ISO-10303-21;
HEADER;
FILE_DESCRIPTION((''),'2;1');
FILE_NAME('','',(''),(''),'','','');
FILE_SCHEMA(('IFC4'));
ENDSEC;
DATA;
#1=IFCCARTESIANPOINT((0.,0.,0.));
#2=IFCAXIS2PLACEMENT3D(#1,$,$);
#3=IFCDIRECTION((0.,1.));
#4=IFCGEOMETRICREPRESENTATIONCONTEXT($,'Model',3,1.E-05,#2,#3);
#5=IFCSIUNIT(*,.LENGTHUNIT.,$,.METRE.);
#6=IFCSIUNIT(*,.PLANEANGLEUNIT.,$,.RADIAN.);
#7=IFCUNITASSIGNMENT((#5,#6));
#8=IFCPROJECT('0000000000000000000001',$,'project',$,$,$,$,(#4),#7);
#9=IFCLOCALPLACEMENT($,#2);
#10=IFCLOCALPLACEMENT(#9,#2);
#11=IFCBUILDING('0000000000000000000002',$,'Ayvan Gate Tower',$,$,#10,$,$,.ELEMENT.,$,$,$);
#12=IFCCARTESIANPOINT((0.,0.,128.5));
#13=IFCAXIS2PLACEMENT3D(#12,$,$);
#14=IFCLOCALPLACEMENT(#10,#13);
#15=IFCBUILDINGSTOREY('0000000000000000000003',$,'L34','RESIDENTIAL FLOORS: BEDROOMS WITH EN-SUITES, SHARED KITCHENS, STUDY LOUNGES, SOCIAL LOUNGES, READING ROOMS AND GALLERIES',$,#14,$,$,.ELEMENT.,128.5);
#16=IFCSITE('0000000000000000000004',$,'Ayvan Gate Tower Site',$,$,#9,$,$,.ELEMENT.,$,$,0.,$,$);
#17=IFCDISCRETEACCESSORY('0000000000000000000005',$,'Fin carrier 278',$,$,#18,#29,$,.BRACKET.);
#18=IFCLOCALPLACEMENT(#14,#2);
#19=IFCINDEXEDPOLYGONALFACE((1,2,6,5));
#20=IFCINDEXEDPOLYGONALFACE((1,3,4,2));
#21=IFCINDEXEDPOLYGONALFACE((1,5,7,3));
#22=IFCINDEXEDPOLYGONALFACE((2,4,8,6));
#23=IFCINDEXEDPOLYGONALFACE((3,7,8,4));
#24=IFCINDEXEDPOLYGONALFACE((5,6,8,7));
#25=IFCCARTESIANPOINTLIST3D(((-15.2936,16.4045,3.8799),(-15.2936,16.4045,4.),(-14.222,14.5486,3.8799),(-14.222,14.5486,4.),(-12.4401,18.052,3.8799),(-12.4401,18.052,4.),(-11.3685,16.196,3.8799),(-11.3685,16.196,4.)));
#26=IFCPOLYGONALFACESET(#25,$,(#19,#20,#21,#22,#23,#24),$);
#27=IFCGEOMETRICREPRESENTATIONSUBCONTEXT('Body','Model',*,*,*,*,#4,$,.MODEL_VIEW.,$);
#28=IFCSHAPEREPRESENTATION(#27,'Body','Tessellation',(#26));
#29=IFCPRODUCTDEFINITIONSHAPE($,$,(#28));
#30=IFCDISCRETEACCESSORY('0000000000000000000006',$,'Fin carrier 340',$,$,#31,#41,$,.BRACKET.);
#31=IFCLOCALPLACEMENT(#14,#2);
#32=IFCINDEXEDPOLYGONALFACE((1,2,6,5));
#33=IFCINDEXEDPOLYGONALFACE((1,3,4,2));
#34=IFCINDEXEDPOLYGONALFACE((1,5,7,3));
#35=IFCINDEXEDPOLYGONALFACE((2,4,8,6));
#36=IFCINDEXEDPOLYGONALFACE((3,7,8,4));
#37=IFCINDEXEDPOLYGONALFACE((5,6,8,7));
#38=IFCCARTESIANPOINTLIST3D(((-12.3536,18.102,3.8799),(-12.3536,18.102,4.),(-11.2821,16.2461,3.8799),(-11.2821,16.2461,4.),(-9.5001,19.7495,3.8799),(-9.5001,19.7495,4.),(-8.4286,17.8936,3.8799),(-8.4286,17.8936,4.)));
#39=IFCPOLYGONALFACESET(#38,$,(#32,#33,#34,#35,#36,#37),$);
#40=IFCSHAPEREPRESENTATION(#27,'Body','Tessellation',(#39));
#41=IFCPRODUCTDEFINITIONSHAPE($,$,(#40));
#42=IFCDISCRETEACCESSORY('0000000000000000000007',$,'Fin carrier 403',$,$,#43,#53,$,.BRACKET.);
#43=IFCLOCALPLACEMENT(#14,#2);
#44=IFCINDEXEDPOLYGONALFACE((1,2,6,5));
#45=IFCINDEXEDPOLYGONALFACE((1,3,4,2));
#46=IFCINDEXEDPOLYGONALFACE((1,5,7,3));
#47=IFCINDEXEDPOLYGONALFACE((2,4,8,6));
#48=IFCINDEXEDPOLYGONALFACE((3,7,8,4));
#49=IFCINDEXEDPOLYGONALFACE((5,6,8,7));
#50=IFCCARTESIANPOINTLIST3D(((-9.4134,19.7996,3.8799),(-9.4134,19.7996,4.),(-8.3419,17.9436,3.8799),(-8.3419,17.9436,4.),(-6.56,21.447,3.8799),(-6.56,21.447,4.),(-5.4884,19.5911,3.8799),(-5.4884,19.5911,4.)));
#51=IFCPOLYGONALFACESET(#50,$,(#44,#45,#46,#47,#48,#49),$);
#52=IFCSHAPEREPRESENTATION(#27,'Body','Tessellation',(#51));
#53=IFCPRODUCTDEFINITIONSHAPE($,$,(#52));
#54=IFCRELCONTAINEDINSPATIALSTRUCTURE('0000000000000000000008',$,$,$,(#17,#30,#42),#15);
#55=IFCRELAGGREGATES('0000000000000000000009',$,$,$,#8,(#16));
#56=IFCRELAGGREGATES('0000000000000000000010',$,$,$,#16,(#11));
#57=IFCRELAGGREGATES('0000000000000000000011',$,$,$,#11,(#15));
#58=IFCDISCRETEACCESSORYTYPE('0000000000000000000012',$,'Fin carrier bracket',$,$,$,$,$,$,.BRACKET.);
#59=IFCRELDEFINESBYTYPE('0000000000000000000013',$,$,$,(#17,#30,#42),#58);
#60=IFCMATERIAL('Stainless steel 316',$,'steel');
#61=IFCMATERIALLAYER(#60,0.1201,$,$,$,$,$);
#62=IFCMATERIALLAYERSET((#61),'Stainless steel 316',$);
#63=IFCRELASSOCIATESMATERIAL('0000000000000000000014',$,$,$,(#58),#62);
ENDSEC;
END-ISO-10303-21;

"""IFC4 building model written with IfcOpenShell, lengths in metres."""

from ifc_helpers import new_model, si_unit, direction, frame, origin, origin_2d, place, context, subcontext, project, spatial, rectangle, extrude, material, layer, layer_set, type_object, element, save


model = new_model("IFC4")

# Units and contexts
model_context = context("Model", 3, precision=1e-05, world=origin(), true_north=direction((0.0, 1.0)))
body_context = subcontext(model_context, "Body", "Model", "MODEL_VIEW")
ifc_project = project(units=[si_unit("LENGTHUNIT", "METRE"), si_unit("PLANEANGLEUNIT", "RADIAN")], contexts=[model_context])

# Site, building, storey
site_placement = place(None, origin())
site = spatial("IfcSite", under=ifc_project, at=site_placement, Name="Ayvan Gate Tower Site", CompositionType="ELEMENT", RefElevation=0.0)
building_placement = place(site_placement, origin())
building = spatial("IfcBuilding", under=site, at=building_placement, Name="Ayvan Gate Tower", CompositionType="ELEMENT")
storey_placement = place(building_placement, frame((0.0, 0.0, 128.5)))
storey = spatial("IfcBuildingStorey", under=building, at=storey_placement, Name="L34", Description="RESIDENTIAL FLOORS: BEDROOMS WITH EN-SUITES, SHARED KITCHENS, STUDY LOUNGES, SOCIAL LOUNGES, READING ROOMS AND GALLERIES", CompositionType="ELEMENT", Elevation=128.5)

# Discrete accessories
ifc_material_1 = material(Name="Stainless steel 316", Category="steel")
ifc_layer_1 = layer(ifc_material_1, 0.1201)
ifc_layer_set_1 = layer_set([ifc_layer_1], Name="Stainless steel 316")
discrete_accessory_type = type_object("IfcDiscreteAccessoryType", Name="Fin carrier bracket", PredefinedType="BRACKET", material=ifc_layer_set_1)
for number, where, z_axis, x_axis, name in (
    (1, (-13.3311, 16.3003, 3.8799), (0.0, 0.0, 1.0), (-0.866025, -0.5, 0.0), "Fin carrier 278"),
    (2, (-10.3911, 17.9978, 3.8799), (0.0, 0.0, 1.0), (-0.866025, -0.5, 0.0), "Fin carrier 340"),
    (3, (-7.4509, 19.6953, 3.8799), (0.0, 0.0, 1.0), (-0.866025, -0.5, 0.0), "Fin carrier 403"),
):
    element("IfcDiscreteAccessory", number, at=place(storey_placement, frame(where, z_axis=z_axis, x_axis=x_axis)), inside=storey, type_object=discrete_accessory_type, Name=name, PredefinedType="BRACKET", context=body_context, shape_type="SweptSolid", body=[
        extrude(rectangle(XDim=3.2949, YDim=2.1431, at=origin_2d()), origin(), (0.0, 0.0, 1.0), 0.1201),
    ])

save(model, "model.ifc")
